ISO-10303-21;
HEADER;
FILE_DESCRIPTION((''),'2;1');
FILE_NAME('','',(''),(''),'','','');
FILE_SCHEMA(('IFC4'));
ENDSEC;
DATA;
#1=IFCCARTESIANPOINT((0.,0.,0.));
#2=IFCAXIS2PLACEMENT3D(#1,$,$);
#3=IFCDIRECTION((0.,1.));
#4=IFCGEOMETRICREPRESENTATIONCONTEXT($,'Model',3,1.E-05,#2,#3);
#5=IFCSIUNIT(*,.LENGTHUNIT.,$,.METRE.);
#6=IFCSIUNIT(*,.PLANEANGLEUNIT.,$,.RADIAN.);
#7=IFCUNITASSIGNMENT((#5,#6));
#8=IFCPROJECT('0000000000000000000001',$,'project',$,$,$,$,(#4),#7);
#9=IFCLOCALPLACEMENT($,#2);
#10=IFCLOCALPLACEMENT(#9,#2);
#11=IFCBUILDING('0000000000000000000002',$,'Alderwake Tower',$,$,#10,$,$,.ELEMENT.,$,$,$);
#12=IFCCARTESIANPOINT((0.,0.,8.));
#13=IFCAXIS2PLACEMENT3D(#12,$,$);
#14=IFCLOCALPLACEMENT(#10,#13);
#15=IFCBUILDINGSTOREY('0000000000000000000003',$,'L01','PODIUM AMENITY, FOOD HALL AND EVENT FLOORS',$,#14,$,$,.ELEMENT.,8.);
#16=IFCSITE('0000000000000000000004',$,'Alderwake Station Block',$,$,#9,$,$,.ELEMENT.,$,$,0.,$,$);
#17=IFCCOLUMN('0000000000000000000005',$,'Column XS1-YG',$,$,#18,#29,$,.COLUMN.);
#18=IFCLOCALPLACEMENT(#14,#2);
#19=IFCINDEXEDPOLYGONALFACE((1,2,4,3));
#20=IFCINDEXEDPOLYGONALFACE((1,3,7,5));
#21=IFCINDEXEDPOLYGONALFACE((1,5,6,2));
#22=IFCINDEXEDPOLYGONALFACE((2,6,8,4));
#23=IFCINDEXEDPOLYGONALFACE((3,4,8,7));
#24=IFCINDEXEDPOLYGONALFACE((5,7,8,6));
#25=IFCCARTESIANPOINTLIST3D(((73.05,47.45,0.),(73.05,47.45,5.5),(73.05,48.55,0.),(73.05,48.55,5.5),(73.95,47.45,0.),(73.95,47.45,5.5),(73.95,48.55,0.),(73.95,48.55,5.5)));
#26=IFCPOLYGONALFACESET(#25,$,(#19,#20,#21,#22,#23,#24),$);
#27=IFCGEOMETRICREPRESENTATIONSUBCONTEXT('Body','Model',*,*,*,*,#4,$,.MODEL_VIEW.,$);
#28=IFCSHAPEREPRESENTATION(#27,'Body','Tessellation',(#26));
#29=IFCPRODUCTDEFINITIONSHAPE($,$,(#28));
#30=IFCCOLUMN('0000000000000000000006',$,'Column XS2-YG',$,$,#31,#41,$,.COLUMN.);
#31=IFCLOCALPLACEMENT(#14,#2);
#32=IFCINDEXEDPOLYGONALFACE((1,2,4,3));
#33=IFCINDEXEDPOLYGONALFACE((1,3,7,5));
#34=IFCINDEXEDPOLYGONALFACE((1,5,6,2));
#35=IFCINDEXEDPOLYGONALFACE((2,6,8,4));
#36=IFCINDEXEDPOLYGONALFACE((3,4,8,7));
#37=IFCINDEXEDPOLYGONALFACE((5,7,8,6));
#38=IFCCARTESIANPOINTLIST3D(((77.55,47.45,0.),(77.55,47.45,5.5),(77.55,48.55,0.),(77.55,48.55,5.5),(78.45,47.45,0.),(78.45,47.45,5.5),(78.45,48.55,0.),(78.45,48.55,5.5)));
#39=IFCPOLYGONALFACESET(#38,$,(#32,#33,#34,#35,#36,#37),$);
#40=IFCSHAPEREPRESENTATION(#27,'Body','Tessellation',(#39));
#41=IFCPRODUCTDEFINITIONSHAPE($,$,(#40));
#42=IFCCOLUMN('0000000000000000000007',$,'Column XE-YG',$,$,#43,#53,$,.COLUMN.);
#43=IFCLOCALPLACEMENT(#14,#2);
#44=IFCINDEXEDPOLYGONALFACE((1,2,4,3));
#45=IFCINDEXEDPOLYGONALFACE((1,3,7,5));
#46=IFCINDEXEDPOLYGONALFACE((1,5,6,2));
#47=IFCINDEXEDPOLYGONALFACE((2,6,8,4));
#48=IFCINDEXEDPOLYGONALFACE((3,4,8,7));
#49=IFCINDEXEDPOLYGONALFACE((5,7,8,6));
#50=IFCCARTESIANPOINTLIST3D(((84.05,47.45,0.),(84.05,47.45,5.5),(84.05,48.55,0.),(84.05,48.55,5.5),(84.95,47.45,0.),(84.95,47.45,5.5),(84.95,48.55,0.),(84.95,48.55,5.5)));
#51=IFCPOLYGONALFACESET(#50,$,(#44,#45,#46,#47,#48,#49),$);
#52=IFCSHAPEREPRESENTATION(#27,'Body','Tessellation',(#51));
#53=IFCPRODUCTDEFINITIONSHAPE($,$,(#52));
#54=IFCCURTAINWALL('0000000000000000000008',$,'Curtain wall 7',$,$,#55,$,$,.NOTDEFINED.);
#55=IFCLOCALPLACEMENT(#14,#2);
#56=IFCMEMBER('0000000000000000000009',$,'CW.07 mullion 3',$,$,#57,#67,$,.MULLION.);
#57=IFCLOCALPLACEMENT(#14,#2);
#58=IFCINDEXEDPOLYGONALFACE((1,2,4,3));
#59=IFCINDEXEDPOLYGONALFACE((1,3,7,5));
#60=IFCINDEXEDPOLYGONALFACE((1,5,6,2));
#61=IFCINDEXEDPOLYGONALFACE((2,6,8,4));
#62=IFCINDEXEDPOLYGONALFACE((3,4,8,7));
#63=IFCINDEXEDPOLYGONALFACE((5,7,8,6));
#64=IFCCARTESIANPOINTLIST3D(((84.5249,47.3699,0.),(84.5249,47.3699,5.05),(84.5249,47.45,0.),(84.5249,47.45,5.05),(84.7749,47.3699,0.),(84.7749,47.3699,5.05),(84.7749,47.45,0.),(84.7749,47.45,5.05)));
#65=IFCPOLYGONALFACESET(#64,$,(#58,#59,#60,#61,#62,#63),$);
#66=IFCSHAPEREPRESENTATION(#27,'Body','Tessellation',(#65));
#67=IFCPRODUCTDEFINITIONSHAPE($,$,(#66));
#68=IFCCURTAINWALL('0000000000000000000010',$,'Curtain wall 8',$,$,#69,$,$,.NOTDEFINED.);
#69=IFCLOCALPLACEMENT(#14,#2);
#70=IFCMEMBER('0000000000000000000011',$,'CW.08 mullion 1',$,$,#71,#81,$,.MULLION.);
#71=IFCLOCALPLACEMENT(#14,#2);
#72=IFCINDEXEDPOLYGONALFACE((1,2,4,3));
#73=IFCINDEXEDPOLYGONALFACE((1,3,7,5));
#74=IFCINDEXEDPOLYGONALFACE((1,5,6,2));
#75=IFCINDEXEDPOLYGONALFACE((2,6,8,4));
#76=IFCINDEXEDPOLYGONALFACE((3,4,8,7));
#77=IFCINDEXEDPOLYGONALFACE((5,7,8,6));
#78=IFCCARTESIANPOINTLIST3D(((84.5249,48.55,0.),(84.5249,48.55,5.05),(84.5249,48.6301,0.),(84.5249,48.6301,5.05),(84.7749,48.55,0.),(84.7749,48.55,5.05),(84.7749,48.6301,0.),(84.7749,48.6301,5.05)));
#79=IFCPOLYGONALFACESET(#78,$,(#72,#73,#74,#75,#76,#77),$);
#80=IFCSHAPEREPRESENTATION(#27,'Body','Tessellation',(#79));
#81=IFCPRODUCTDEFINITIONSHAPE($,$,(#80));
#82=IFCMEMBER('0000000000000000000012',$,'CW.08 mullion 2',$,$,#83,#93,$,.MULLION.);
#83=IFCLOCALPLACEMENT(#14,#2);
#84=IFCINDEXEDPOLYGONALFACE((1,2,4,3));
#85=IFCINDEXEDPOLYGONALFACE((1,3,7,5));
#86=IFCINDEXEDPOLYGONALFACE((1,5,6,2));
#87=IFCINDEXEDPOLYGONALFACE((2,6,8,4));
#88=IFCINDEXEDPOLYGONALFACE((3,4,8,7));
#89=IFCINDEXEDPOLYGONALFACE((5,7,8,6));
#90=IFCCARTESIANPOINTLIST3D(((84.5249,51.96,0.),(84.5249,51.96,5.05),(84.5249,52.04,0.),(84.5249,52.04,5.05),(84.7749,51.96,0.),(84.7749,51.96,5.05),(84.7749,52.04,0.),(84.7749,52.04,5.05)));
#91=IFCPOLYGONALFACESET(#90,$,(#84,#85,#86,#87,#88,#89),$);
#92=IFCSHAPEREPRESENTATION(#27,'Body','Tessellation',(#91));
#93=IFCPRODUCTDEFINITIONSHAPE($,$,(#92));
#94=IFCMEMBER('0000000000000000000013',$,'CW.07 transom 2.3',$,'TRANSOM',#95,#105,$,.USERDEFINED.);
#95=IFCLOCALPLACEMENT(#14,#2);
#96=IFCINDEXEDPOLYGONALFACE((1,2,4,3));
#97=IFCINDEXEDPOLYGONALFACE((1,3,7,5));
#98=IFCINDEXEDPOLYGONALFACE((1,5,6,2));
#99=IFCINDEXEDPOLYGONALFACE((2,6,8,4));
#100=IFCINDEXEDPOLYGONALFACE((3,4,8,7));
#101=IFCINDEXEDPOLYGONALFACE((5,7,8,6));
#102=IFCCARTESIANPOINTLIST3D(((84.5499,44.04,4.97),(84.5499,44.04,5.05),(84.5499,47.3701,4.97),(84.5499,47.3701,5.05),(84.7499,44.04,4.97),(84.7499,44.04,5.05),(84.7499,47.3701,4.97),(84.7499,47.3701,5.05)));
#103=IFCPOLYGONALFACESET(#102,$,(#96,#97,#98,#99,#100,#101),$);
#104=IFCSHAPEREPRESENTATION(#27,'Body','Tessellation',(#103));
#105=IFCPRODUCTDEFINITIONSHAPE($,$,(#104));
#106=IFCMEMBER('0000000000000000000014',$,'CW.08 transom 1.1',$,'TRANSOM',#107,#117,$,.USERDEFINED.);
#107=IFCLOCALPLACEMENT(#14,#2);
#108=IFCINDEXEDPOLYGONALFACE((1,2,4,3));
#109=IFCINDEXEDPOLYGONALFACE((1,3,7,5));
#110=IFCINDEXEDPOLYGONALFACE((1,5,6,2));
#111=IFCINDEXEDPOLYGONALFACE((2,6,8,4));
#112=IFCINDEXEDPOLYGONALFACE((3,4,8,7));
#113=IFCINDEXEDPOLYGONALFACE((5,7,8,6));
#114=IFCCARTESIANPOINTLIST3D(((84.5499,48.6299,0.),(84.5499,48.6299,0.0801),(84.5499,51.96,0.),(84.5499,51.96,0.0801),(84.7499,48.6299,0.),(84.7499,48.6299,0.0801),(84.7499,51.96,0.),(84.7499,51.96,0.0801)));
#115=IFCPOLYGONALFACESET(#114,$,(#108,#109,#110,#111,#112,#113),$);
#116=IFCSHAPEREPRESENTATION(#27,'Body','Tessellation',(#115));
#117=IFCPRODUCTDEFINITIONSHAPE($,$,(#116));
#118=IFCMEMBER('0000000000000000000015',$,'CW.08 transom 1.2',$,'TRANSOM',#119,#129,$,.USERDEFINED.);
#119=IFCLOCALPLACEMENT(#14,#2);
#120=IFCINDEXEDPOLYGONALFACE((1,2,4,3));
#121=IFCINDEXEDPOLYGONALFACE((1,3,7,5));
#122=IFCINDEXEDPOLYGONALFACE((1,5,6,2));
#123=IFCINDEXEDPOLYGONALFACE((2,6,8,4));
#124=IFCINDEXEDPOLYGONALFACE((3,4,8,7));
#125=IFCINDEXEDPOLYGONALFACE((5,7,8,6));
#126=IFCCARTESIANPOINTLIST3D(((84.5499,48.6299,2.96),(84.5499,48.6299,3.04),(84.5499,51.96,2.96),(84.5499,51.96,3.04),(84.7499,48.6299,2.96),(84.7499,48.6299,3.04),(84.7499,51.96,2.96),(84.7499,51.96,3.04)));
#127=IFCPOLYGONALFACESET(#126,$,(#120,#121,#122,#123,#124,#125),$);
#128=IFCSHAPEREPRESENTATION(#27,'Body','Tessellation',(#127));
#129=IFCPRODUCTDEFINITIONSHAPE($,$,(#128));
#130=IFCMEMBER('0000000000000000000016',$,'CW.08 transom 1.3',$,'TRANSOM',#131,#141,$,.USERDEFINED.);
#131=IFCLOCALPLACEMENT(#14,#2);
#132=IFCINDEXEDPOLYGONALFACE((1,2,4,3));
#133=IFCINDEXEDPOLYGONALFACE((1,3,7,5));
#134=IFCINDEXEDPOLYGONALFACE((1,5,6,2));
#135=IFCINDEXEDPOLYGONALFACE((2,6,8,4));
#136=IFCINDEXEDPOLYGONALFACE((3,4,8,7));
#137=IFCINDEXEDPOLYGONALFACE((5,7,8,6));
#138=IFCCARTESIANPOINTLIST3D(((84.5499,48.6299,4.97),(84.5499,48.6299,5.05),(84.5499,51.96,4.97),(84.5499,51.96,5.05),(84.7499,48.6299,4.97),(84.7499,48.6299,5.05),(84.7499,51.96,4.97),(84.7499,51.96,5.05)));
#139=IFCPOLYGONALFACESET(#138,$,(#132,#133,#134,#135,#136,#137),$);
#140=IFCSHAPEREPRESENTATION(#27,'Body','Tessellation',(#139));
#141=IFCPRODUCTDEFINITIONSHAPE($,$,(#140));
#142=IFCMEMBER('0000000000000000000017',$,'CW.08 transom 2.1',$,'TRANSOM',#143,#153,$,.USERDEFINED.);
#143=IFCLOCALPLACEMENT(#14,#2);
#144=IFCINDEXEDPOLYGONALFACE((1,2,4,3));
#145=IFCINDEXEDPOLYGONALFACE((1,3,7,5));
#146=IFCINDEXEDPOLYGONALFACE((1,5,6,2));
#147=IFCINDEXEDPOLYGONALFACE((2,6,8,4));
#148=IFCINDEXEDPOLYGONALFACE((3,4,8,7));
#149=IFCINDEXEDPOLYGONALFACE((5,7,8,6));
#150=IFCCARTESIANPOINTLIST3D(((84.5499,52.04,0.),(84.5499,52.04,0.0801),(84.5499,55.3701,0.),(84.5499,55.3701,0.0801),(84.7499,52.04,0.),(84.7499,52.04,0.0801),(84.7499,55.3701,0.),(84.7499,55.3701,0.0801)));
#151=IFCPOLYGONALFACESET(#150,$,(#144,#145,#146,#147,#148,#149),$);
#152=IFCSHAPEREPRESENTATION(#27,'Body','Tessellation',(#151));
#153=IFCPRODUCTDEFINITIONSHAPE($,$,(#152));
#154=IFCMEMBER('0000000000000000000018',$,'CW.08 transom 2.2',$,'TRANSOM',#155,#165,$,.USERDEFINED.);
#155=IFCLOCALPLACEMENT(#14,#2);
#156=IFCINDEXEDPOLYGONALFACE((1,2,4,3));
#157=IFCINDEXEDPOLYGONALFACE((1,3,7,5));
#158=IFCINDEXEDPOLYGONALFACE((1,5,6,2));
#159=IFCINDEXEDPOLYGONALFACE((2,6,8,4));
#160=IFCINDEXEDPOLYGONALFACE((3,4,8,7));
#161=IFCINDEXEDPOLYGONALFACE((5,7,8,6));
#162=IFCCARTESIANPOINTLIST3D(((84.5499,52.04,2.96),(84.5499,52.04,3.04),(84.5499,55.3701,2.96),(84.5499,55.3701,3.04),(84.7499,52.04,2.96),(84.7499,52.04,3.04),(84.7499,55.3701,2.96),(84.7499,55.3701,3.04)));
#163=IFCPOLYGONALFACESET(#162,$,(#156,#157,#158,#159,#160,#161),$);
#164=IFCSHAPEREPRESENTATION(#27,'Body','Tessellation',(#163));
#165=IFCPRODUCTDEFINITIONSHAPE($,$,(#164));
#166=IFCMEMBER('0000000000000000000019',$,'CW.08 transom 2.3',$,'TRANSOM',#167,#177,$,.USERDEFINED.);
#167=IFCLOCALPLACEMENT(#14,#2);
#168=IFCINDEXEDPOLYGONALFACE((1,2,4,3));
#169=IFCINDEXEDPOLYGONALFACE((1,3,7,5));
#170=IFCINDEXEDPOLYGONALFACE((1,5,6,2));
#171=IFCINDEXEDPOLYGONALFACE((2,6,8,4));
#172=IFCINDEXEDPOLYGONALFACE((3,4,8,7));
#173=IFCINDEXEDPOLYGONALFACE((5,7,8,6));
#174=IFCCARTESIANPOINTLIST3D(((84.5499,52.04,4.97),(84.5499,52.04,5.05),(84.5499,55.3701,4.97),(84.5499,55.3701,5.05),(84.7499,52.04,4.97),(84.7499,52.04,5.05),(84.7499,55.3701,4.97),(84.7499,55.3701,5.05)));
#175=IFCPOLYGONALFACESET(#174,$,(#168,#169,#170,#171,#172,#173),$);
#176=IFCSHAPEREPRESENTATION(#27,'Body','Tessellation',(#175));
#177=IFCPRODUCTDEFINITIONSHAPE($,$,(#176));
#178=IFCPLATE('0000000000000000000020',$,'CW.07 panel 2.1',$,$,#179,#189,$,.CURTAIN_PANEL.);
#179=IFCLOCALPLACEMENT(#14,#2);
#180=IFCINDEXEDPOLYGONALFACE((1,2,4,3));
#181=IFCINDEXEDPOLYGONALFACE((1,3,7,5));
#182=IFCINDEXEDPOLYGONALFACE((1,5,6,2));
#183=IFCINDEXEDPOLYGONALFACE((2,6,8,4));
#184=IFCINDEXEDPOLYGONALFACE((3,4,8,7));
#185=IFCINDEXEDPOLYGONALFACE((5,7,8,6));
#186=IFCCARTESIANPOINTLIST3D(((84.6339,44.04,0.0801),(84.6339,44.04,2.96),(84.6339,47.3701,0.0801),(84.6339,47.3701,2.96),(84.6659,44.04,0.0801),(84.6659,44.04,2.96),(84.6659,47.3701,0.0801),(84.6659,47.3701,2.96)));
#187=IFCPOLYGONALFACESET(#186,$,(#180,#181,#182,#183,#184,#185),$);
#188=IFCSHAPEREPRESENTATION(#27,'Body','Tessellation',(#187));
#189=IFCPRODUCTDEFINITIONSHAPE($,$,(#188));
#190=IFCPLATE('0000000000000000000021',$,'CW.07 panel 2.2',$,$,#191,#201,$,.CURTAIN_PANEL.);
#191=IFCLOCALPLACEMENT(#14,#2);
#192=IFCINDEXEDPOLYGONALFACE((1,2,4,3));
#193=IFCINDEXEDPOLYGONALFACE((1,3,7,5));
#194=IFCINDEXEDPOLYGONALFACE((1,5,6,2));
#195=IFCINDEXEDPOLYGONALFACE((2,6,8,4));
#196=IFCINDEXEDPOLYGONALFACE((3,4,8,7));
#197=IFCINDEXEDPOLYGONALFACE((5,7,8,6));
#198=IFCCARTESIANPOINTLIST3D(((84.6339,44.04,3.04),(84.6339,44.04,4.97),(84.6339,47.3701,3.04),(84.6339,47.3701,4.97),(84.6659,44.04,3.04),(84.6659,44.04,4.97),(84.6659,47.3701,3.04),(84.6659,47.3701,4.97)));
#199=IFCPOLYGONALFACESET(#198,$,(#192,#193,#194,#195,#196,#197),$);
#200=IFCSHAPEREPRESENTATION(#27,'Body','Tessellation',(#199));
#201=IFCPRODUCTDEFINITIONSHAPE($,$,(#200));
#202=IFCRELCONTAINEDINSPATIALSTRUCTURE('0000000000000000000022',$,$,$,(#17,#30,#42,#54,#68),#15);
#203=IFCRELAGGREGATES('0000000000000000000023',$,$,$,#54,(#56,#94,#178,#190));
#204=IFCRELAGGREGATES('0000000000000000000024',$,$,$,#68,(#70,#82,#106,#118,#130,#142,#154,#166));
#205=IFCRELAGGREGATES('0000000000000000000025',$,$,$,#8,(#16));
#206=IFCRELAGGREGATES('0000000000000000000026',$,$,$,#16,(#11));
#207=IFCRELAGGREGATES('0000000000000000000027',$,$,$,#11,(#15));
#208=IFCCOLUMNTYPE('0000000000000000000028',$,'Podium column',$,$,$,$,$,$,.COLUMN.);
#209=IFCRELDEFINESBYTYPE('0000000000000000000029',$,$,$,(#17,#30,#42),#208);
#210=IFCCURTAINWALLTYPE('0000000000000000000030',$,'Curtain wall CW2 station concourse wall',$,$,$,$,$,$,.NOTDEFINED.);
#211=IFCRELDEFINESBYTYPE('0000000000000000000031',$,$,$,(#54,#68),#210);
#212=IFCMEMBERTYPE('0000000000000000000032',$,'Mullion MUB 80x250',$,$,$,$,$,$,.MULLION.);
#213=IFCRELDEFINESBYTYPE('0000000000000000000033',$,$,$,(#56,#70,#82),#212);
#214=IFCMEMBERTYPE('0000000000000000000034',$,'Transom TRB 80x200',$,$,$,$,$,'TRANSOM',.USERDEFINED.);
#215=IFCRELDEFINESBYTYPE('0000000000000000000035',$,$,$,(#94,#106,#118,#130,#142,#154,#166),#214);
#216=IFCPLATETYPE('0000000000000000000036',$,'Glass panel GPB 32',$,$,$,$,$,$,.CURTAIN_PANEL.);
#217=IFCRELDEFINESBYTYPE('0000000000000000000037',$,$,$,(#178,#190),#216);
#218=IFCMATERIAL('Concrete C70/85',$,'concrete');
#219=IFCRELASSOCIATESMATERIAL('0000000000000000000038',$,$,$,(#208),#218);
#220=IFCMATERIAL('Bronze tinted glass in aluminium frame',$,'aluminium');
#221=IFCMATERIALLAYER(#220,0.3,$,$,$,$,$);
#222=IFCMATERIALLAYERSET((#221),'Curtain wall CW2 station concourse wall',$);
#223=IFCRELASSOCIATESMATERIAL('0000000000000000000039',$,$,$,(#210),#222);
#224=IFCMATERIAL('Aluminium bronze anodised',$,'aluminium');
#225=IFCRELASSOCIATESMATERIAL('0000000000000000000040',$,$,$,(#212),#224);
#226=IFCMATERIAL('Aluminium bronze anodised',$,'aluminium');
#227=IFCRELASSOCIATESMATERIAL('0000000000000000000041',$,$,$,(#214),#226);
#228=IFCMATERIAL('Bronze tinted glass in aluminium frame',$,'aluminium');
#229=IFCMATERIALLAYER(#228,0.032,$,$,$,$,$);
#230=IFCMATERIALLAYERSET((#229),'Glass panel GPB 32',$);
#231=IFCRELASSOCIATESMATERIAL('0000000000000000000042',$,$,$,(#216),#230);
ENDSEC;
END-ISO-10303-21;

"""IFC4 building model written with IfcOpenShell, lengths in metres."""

from ifc_helpers import new_model, si_unit, direction, frame, origin, origin_2d, place, context, subcontext, project, spatial, rectangle, extrude, material, layer, layer_set, material_profile, profile_set, type_object, element, aggregate, save


model = new_model("IFC4")

# Units and contexts
model_context = context("Model", 3, precision=1e-05, world=origin(), true_north=direction((0.0, 1.0)))
body_context = subcontext(model_context, "Body", "Model", "MODEL_VIEW")
ifc_project = project(units=[si_unit("LENGTHUNIT", "METRE"), si_unit("PLANEANGLEUNIT", "RADIAN")], contexts=[model_context])

# Site, building, storey
site_placement = place(None, origin())
site = spatial("IfcSite", under=ifc_project, at=site_placement, Name="Alderwake Station Block", CompositionType="ELEMENT", RefElevation=0.0)
building_placement = place(site_placement, origin())
building = spatial("IfcBuilding", under=site, at=building_placement, Name="Alderwake Tower", CompositionType="ELEMENT")
storey_placement = place(building_placement, frame((0.0, 0.0, 8.0)))
storey = spatial("IfcBuildingStorey", under=building, at=storey_placement, Name="L01", Description="PODIUM AMENITY, FOOD HALL AND EVENT FLOORS", CompositionType="ELEMENT", Elevation=8.0)

# Columns
ifc_material_1 = material(Name="Concrete C70/85", Category="concrete")
ifc_material_profile_1 = material_profile(ifc_material_1, rectangle(XDim=0.8999, YDim=1.1001, at=origin_2d()), Name="RC 1100X900")
ifc_profile_set_1 = profile_set([ifc_material_profile_1], Name="Concrete C70/85")
column_type = type_object("IfcColumnType", Name="Podium column", PredefinedType="COLUMN", material=ifc_profile_set_1)
for number, where, z_axis, x_axis, name in (
    (1, (73.5, 48.0, 0.0), (0.0, 0.0, 1.0), (1.0, 0.0, 0.0), "Column XS1-YG"),
    (2, (78.0, 48.0, 0.0), (0.0, 0.0, 1.0), (1.0, 0.0, 0.0), "Column XS2-YG"),
    (3, (84.5, 48.0, 0.0), (0.0, 0.0, 1.0), (1.0, 0.0, 0.0), "Column XE-YG"),
):
    element("IfcColumn", number, at=place(storey_placement, frame(where, z_axis=z_axis, x_axis=x_axis)), inside=storey, type_object=column_type, Name=name, PredefinedType="COLUMN", context=body_context, shape_type="SweptSolid", body=[
        extrude(rectangle(XDim=0.8999, YDim=1.1001, at=origin_2d()), origin(), (0.0, 0.0, 1.0), 5.5),
    ])

# Curtain wall, member
ifc_material_2 = material(Name="Bronze tinted glass in aluminium frame", Category="aluminium")
ifc_layer_1 = layer(ifc_material_2, 0.3)
ifc_layer_set_1 = layer_set([ifc_layer_1], Name="Curtain wall CW2 station concourse wall")
curtain_wall_type = type_object("IfcCurtainWallType", Name="Curtain wall CW2 station concourse wall", PredefinedType="NOTDEFINED", material=ifc_layer_set_1)
curtain_wall_1_placement = place(storey_placement, origin())
curtain_wall_1 = element("IfcCurtainWall", 4, at=curtain_wall_1_placement, inside=storey, type_object=curtain_wall_type, Name="Curtain wall 7", PredefinedType="NOTDEFINED")
ifc_material_3 = material(Name="Aluminium bronze anodised", Category="aluminium")
ifc_material_profile_2 = material_profile(ifc_material_3, rectangle(XDim=0.25, YDim=0.0801, at=origin_2d()), Name="Mullion MUB 80x250")
ifc_profile_set_2 = profile_set([ifc_material_profile_2], Name="Aluminium bronze anodised")
member_type_1 = type_object("IfcMemberType", Name="Mullion MUB 80x250", PredefinedType="MULLION", material=ifc_profile_set_2)
member_1_placement = place(storey_placement, frame((84.6499, 47.4099, 0.0), z_axis=(0.0, 0.0, 1.0), x_axis=(-1.0, 0.0, 0.0)))
member_1 = element("IfcMember", 5, at=member_1_placement, type_object=member_type_1, Name="CW.07 mullion 3", PredefinedType="MULLION", context=body_context, shape_type="SweptSolid", body=[
    extrude(rectangle(XDim=0.25, YDim=0.0801, at=origin_2d()), origin(), (0.0, 0.0, 1.0), 5.05),
])

# Curtain wall, members
curtain_wall_2_placement = place(storey_placement, origin())
curtain_wall_2 = element("IfcCurtainWall", 6, at=curtain_wall_2_placement, inside=storey, type_object=curtain_wall_type, Name="Curtain wall 8", PredefinedType="NOTDEFINED")
member_2_placement = place(storey_placement, frame((84.6499, 48.5901, 0.0), z_axis=(0.0, 0.0, 1.0), x_axis=(-1.0, 0.0, 0.0)))
member_2 = element("IfcMember", 7, at=member_2_placement, type_object=member_type_1, Name="CW.08 mullion 1", PredefinedType="MULLION", context=body_context, shape_type="SweptSolid", body=[
    extrude(rectangle(XDim=0.25, YDim=0.0801, at=origin_2d()), origin(), (0.0, 0.0, 1.0), 5.05),
])
member_3_placement = place(storey_placement, frame((84.6499, 52.0, 0.0), z_axis=(0.0, 0.0, 1.0), x_axis=(-1.0, 0.0, 0.0)))
member_3 = element("IfcMember", 8, at=member_3_placement, type_object=member_type_1, Name="CW.08 mullion 2", PredefinedType="MULLION", context=body_context, shape_type="SweptSolid", body=[
    extrude(rectangle(XDim=0.25, YDim=0.0801, at=origin_2d()), origin(), (0.0, 0.0, 1.0), 5.05),
])

# Members
ifc_material_4 = material(Name="Aluminium bronze anodised", Category="aluminium")
ifc_material_profile_3 = material_profile(ifc_material_4, rectangle(XDim=0.2, YDim=0.0801, at=origin_2d()), Name="Transom TRB 80x200")
ifc_profile_set_3 = profile_set([ifc_material_profile_3], Name="Aluminium bronze anodised")
member_type_2 = type_object("IfcMemberType", Name="Transom TRB 80x200", ElementType="TRANSOM", PredefinedType="USERDEFINED", material=ifc_profile_set_3)
member_4_placement = place(storey_placement, frame((84.6499, 44.04, 5.01), z_axis=(0.0, 1.0, 0.0), x_axis=(-1.0, 0.0, 0.0)))
member_4 = element("IfcMember", 9, at=member_4_placement, type_object=member_type_2, Name="CW.07 transom 2.3", ObjectType="TRANSOM", PredefinedType="USERDEFINED", context=body_context, shape_type="SweptSolid", body=[
    extrude(rectangle(XDim=0.2, YDim=0.0801, at=origin_2d()), origin(), (0.0, 0.0, 1.0), 3.3301),
])
member_5_placement = place(storey_placement, frame((84.6499, 48.6299, 0.04), z_axis=(0.0, 1.0, 0.0), x_axis=(-1.0, 0.0, 0.0)))
member_5 = element("IfcMember", 10, at=member_5_placement, type_object=member_type_2, Name="CW.08 transom 1.1", ObjectType="TRANSOM", PredefinedType="USERDEFINED", context=body_context, shape_type="SweptSolid", body=[
    extrude(rectangle(XDim=0.2, YDim=0.0801, at=origin_2d()), origin(), (0.0, 0.0, 1.0), 3.3301),
])
member_6_placement = place(storey_placement, frame((84.6499, 48.6299, 3.0), z_axis=(0.0, 1.0, 0.0), x_axis=(-1.0, 0.0, 0.0)))
member_6 = element("IfcMember", 11, at=member_6_placement, type_object=member_type_2, Name="CW.08 transom 1.2", ObjectType="TRANSOM", PredefinedType="USERDEFINED", context=body_context, shape_type="SweptSolid", body=[
    extrude(rectangle(XDim=0.2, YDim=0.0801, at=origin_2d()), origin(), (0.0, 0.0, 1.0), 3.3301),
])
member_7_placement = place(storey_placement, frame((84.6499, 48.6299, 5.01), z_axis=(0.0, 1.0, 0.0), x_axis=(-1.0, 0.0, 0.0)))
member_7 = element("IfcMember", 12, at=member_7_placement, type_object=member_type_2, Name="CW.08 transom 1.3", ObjectType="TRANSOM", PredefinedType="USERDEFINED", context=body_context, shape_type="SweptSolid", body=[
    extrude(rectangle(XDim=0.2, YDim=0.0801, at=origin_2d()), origin(), (0.0, 0.0, 1.0), 3.3301),
])
member_8_placement = place(storey_placement, frame((84.6499, 52.04, 0.04), z_axis=(0.0, 1.0, 0.0), x_axis=(-1.0, 0.0, 0.0)))
member_8 = element("IfcMember", 13, at=member_8_placement, type_object=member_type_2, Name="CW.08 transom 2.1", ObjectType="TRANSOM", PredefinedType="USERDEFINED", context=body_context, shape_type="SweptSolid", body=[
    extrude(rectangle(XDim=0.2, YDim=0.0801, at=origin_2d()), origin(), (0.0, 0.0, 1.0), 3.3301),
])
member_9_placement = place(storey_placement, frame((84.6499, 52.04, 3.0), z_axis=(0.0, 1.0, 0.0), x_axis=(-1.0, 0.0, 0.0)))
member_9 = element("IfcMember", 14, at=member_9_placement, type_object=member_type_2, Name="CW.08 transom 2.2", ObjectType="TRANSOM", PredefinedType="USERDEFINED", context=body_context, shape_type="SweptSolid", body=[
    extrude(rectangle(XDim=0.2, YDim=0.0801, at=origin_2d()), origin(), (0.0, 0.0, 1.0), 3.3301),
])
member_10_placement = place(storey_placement, frame((84.6499, 52.04, 5.01), z_axis=(0.0, 1.0, 0.0), x_axis=(-1.0, 0.0, 0.0)))
member_10 = element("IfcMember", 15, at=member_10_placement, type_object=member_type_2, Name="CW.08 transom 2.3", ObjectType="TRANSOM", PredefinedType="USERDEFINED", context=body_context, shape_type="SweptSolid", body=[
    extrude(rectangle(XDim=0.2, YDim=0.0801, at=origin_2d()), origin(), (0.0, 0.0, 1.0), 3.3301),
])

# Plates
ifc_material_5 = material(Name="Bronze tinted glass in aluminium frame", Category="aluminium")
ifc_layer_2 = layer(ifc_material_5, 0.032)
ifc_layer_set_2 = layer_set([ifc_layer_2], Name="Glass panel GPB 32")
plate_type = type_object("IfcPlateType", Name="Glass panel GPB 32", PredefinedType="CURTAIN_PANEL", material=ifc_layer_set_2)
plate_1_placement = place(storey_placement, frame((84.6499, 45.7051, 0.0801), z_axis=(0.0, 0.0, 1.0), x_axis=(0.0, 1.0, 0.0)))
plate_1 = element("IfcPlate", 16, at=plate_1_placement, type_object=plate_type, Name="CW.07 panel 2.1", PredefinedType="CURTAIN_PANEL", context=body_context, shape_type="SweptSolid", body=[
    extrude(rectangle(XDim=3.3301, YDim=0.032, at=origin_2d()), origin(), (0.0, 0.0, 1.0), 2.8799),
])
plate_2_placement = place(storey_placement, frame((84.6499, 45.7051, 3.04), z_axis=(0.0, 0.0, 1.0), x_axis=(0.0, 1.0, 0.0)))
plate_2 = element("IfcPlate", 17, at=plate_2_placement, type_object=plate_type, Name="CW.07 panel 2.2", PredefinedType="CURTAIN_PANEL", context=body_context, shape_type="SweptSolid", body=[
    extrude(rectangle(XDim=3.3301, YDim=0.032, at=origin_2d()), origin(), (0.0, 0.0, 1.0), 1.9299),
])
aggregate(curtain_wall_1, [member_1, member_4, plate_1, plate_2])
aggregate(curtain_wall_2, [member_2, member_3, member_5, member_6, member_7, member_8, member_9, member_10])

save(model, "model.ifc")
